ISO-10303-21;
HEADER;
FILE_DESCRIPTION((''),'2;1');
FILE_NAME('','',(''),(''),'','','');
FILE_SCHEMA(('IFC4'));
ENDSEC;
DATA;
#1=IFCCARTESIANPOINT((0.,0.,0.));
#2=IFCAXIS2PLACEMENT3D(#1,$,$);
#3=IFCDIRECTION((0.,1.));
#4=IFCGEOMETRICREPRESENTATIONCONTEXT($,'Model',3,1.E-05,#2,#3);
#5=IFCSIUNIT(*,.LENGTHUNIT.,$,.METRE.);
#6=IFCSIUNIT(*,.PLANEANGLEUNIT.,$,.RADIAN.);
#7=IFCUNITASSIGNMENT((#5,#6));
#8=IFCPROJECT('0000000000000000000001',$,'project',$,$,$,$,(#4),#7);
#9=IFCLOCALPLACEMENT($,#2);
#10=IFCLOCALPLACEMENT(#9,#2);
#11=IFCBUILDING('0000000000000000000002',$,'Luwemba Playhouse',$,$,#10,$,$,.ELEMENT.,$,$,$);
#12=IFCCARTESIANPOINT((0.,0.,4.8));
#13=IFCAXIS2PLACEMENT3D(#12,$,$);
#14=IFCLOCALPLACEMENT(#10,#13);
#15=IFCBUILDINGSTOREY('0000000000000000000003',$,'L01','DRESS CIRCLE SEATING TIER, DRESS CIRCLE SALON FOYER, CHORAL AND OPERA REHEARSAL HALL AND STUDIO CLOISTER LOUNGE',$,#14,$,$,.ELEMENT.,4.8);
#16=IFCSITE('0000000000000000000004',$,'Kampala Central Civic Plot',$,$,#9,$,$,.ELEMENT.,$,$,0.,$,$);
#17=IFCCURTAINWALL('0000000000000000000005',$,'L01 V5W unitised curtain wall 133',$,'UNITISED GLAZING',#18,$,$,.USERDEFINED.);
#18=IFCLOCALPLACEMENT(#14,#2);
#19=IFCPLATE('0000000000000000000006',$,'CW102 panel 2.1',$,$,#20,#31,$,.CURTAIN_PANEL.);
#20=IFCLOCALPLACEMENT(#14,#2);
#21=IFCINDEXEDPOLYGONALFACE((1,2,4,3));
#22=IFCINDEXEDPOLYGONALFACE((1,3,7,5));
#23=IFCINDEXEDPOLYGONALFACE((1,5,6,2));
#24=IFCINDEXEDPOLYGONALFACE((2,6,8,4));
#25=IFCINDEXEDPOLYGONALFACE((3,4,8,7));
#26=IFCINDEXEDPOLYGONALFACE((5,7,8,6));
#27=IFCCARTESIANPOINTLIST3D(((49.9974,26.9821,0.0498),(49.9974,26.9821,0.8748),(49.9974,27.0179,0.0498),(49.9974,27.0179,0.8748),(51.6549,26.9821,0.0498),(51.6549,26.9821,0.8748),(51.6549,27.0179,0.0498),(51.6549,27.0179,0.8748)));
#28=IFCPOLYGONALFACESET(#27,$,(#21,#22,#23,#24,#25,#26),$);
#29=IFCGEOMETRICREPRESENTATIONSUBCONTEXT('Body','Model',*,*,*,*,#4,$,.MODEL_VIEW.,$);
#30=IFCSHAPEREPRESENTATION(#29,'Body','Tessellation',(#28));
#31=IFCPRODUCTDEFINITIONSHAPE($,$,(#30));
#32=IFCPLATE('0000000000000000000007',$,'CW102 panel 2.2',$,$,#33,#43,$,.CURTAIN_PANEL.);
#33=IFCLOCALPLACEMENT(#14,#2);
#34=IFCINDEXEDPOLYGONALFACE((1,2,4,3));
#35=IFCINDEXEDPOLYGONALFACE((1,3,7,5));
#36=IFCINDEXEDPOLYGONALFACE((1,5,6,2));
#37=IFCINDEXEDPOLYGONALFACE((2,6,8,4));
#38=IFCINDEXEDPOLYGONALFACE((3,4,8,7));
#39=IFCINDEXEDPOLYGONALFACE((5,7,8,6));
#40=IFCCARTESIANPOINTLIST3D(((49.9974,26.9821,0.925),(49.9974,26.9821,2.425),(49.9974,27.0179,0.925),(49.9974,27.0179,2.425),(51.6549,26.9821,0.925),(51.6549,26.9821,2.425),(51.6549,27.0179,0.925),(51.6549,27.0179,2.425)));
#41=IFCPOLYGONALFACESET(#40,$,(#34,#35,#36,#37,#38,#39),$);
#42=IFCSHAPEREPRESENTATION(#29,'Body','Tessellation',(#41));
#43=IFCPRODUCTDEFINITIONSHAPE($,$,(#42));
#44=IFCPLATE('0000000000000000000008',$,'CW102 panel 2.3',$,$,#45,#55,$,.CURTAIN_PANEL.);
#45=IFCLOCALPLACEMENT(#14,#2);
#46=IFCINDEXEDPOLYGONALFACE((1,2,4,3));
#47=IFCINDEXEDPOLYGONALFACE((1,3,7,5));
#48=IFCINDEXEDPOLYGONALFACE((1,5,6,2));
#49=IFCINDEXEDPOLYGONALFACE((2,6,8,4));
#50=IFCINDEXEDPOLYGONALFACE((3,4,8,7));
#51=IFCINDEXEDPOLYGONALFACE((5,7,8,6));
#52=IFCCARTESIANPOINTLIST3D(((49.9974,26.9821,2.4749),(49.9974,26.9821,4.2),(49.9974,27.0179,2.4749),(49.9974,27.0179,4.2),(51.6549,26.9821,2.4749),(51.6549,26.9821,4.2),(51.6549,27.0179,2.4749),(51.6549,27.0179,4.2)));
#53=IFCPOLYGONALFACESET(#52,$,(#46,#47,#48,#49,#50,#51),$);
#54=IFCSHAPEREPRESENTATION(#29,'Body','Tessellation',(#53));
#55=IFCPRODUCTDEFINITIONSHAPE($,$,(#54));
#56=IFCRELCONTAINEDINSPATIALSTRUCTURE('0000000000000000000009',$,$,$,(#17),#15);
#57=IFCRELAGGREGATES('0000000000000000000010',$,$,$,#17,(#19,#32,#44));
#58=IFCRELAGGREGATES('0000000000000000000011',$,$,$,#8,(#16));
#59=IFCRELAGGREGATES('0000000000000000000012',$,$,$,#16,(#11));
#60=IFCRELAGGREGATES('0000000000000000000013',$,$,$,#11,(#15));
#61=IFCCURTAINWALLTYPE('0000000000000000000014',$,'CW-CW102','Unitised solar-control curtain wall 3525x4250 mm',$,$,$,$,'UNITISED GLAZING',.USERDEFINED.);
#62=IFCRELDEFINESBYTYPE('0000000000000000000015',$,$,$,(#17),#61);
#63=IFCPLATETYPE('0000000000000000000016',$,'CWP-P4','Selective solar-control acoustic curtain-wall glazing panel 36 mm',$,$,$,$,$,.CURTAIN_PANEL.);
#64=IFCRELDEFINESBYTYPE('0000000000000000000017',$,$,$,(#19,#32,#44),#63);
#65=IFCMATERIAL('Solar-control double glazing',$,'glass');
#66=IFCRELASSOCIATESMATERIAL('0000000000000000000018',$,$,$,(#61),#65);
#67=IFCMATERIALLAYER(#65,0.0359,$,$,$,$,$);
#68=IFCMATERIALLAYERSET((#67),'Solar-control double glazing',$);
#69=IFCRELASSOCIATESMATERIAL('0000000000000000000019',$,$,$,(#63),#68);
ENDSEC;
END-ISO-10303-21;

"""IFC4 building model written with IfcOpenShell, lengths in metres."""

from ifc_helpers import new_model, si_unit, direction, frame, origin, origin_2d, place, context, subcontext, project, spatial, rectangle, extrude, material, layer, layer_set, type_object, element, aggregate, save


model = new_model("IFC4")

# Units and contexts
model_context = context("Model", 3, precision=1e-05, world=origin(), true_north=direction((0.0, 1.0)))
body_context = subcontext(model_context, "Body", "Model", "MODEL_VIEW")
ifc_project = project(units=[si_unit("LENGTHUNIT", "METRE"), si_unit("PLANEANGLEUNIT", "RADIAN")], contexts=[model_context])

# Site, building, storey
site_placement = place(None, origin())
site = spatial("IfcSite", under=ifc_project, at=site_placement, Name="Kampala Central Civic Plot", CompositionType="ELEMENT", RefElevation=0.0)
building_placement = place(site_placement, origin())
building = spatial("IfcBuilding", under=site, at=building_placement, Name="Luwemba Playhouse", CompositionType="ELEMENT")
storey_placement = place(building_placement, frame((0.0, 0.0, 4.8)))
storey = spatial("IfcBuildingStorey", under=building, at=storey_placement, Name="L01", Description="DRESS CIRCLE SEATING TIER, DRESS CIRCLE SALON FOYER, CHORAL AND OPERA REHEARSAL HALL AND STUDIO CLOISTER LOUNGE", CompositionType="ELEMENT", Elevation=4.8)

# Shared definitions
ifc_material_1 = material(Name="Solar-control double glazing", Category="glass")

# Curtain wall
curtain_wall_type_1 = type_object("IfcCurtainWallType", Name="CW-CW102", Description="Unitised solar-control curtain wall 3525x4250 mm", ElementType="UNITISED GLAZING", PredefinedType="USERDEFINED", material=ifc_material_1)
curtain_wall_1_placement = place(storey_placement, origin())
curtain_wall_1 = element("IfcCurtainWall", 1, at=curtain_wall_1_placement, inside=storey, type_object=curtain_wall_type_1, Name="L01 V5W unitised curtain wall 133", ObjectType="UNITISED GLAZING", PredefinedType="USERDEFINED")

# Plates
ifc_layer_1 = layer(ifc_material_1, 0.0359)
ifc_layer_set_1 = layer_set([ifc_layer_1], Name="Solar-control double glazing")
plate_type_1 = type_object("IfcPlateType", Name="CWP-P4", Description="Selective solar-control acoustic curtain-wall glazing panel 36 mm", PredefinedType="CURTAIN_PANEL", material=ifc_layer_set_1)
plate_1_placement = place(storey_placement, frame((50.8262, 27.0, 0.0498), z_axis=(0.0, 0.0, 1.0), x_axis=(1.0, 0.0, 0.0)))
plate_1 = element("IfcPlate", 2, at=plate_1_placement, type_object=plate_type_1, Name="CW102 panel 2.1", PredefinedType="CURTAIN_PANEL", context=body_context, shape_type="SweptSolid", body=[
    extrude(rectangle(XDim=1.6575, YDim=0.0359, at=origin_2d()), origin(), (0.0, 0.0, 1.0), 0.825),
])
plate_2_placement = place(storey_placement, frame((50.8262, 27.0, 0.925), z_axis=(0.0, 0.0, 1.0), x_axis=(1.0, 0.0, 0.0)))
plate_2 = element("IfcPlate", 3, at=plate_2_placement, type_object=plate_type_1, Name="CW102 panel 2.2", PredefinedType="CURTAIN_PANEL", context=body_context, shape_type="SweptSolid", body=[
    extrude(rectangle(XDim=1.6575, YDim=0.0359, at=origin_2d()), origin(), (0.0, 0.0, 1.0), 1.5),
])
plate_3_placement = place(storey_placement, frame((50.8262, 27.0, 2.4749), z_axis=(0.0, 0.0, 1.0), x_axis=(1.0, 0.0, 0.0)))
plate_3 = element("IfcPlate", 4, at=plate_3_placement, type_object=plate_type_1, Name="CW102 panel 2.3", PredefinedType="CURTAIN_PANEL", context=body_context, shape_type="SweptSolid", body=[
    extrude(rectangle(XDim=1.6575, YDim=0.0359, at=origin_2d()), origin(), (0.0, 0.0, 1.0), 1.7251),
])
aggregate(curtain_wall_1, [plate_1, plate_2, plate_3])

save(model, "model.ifc")
